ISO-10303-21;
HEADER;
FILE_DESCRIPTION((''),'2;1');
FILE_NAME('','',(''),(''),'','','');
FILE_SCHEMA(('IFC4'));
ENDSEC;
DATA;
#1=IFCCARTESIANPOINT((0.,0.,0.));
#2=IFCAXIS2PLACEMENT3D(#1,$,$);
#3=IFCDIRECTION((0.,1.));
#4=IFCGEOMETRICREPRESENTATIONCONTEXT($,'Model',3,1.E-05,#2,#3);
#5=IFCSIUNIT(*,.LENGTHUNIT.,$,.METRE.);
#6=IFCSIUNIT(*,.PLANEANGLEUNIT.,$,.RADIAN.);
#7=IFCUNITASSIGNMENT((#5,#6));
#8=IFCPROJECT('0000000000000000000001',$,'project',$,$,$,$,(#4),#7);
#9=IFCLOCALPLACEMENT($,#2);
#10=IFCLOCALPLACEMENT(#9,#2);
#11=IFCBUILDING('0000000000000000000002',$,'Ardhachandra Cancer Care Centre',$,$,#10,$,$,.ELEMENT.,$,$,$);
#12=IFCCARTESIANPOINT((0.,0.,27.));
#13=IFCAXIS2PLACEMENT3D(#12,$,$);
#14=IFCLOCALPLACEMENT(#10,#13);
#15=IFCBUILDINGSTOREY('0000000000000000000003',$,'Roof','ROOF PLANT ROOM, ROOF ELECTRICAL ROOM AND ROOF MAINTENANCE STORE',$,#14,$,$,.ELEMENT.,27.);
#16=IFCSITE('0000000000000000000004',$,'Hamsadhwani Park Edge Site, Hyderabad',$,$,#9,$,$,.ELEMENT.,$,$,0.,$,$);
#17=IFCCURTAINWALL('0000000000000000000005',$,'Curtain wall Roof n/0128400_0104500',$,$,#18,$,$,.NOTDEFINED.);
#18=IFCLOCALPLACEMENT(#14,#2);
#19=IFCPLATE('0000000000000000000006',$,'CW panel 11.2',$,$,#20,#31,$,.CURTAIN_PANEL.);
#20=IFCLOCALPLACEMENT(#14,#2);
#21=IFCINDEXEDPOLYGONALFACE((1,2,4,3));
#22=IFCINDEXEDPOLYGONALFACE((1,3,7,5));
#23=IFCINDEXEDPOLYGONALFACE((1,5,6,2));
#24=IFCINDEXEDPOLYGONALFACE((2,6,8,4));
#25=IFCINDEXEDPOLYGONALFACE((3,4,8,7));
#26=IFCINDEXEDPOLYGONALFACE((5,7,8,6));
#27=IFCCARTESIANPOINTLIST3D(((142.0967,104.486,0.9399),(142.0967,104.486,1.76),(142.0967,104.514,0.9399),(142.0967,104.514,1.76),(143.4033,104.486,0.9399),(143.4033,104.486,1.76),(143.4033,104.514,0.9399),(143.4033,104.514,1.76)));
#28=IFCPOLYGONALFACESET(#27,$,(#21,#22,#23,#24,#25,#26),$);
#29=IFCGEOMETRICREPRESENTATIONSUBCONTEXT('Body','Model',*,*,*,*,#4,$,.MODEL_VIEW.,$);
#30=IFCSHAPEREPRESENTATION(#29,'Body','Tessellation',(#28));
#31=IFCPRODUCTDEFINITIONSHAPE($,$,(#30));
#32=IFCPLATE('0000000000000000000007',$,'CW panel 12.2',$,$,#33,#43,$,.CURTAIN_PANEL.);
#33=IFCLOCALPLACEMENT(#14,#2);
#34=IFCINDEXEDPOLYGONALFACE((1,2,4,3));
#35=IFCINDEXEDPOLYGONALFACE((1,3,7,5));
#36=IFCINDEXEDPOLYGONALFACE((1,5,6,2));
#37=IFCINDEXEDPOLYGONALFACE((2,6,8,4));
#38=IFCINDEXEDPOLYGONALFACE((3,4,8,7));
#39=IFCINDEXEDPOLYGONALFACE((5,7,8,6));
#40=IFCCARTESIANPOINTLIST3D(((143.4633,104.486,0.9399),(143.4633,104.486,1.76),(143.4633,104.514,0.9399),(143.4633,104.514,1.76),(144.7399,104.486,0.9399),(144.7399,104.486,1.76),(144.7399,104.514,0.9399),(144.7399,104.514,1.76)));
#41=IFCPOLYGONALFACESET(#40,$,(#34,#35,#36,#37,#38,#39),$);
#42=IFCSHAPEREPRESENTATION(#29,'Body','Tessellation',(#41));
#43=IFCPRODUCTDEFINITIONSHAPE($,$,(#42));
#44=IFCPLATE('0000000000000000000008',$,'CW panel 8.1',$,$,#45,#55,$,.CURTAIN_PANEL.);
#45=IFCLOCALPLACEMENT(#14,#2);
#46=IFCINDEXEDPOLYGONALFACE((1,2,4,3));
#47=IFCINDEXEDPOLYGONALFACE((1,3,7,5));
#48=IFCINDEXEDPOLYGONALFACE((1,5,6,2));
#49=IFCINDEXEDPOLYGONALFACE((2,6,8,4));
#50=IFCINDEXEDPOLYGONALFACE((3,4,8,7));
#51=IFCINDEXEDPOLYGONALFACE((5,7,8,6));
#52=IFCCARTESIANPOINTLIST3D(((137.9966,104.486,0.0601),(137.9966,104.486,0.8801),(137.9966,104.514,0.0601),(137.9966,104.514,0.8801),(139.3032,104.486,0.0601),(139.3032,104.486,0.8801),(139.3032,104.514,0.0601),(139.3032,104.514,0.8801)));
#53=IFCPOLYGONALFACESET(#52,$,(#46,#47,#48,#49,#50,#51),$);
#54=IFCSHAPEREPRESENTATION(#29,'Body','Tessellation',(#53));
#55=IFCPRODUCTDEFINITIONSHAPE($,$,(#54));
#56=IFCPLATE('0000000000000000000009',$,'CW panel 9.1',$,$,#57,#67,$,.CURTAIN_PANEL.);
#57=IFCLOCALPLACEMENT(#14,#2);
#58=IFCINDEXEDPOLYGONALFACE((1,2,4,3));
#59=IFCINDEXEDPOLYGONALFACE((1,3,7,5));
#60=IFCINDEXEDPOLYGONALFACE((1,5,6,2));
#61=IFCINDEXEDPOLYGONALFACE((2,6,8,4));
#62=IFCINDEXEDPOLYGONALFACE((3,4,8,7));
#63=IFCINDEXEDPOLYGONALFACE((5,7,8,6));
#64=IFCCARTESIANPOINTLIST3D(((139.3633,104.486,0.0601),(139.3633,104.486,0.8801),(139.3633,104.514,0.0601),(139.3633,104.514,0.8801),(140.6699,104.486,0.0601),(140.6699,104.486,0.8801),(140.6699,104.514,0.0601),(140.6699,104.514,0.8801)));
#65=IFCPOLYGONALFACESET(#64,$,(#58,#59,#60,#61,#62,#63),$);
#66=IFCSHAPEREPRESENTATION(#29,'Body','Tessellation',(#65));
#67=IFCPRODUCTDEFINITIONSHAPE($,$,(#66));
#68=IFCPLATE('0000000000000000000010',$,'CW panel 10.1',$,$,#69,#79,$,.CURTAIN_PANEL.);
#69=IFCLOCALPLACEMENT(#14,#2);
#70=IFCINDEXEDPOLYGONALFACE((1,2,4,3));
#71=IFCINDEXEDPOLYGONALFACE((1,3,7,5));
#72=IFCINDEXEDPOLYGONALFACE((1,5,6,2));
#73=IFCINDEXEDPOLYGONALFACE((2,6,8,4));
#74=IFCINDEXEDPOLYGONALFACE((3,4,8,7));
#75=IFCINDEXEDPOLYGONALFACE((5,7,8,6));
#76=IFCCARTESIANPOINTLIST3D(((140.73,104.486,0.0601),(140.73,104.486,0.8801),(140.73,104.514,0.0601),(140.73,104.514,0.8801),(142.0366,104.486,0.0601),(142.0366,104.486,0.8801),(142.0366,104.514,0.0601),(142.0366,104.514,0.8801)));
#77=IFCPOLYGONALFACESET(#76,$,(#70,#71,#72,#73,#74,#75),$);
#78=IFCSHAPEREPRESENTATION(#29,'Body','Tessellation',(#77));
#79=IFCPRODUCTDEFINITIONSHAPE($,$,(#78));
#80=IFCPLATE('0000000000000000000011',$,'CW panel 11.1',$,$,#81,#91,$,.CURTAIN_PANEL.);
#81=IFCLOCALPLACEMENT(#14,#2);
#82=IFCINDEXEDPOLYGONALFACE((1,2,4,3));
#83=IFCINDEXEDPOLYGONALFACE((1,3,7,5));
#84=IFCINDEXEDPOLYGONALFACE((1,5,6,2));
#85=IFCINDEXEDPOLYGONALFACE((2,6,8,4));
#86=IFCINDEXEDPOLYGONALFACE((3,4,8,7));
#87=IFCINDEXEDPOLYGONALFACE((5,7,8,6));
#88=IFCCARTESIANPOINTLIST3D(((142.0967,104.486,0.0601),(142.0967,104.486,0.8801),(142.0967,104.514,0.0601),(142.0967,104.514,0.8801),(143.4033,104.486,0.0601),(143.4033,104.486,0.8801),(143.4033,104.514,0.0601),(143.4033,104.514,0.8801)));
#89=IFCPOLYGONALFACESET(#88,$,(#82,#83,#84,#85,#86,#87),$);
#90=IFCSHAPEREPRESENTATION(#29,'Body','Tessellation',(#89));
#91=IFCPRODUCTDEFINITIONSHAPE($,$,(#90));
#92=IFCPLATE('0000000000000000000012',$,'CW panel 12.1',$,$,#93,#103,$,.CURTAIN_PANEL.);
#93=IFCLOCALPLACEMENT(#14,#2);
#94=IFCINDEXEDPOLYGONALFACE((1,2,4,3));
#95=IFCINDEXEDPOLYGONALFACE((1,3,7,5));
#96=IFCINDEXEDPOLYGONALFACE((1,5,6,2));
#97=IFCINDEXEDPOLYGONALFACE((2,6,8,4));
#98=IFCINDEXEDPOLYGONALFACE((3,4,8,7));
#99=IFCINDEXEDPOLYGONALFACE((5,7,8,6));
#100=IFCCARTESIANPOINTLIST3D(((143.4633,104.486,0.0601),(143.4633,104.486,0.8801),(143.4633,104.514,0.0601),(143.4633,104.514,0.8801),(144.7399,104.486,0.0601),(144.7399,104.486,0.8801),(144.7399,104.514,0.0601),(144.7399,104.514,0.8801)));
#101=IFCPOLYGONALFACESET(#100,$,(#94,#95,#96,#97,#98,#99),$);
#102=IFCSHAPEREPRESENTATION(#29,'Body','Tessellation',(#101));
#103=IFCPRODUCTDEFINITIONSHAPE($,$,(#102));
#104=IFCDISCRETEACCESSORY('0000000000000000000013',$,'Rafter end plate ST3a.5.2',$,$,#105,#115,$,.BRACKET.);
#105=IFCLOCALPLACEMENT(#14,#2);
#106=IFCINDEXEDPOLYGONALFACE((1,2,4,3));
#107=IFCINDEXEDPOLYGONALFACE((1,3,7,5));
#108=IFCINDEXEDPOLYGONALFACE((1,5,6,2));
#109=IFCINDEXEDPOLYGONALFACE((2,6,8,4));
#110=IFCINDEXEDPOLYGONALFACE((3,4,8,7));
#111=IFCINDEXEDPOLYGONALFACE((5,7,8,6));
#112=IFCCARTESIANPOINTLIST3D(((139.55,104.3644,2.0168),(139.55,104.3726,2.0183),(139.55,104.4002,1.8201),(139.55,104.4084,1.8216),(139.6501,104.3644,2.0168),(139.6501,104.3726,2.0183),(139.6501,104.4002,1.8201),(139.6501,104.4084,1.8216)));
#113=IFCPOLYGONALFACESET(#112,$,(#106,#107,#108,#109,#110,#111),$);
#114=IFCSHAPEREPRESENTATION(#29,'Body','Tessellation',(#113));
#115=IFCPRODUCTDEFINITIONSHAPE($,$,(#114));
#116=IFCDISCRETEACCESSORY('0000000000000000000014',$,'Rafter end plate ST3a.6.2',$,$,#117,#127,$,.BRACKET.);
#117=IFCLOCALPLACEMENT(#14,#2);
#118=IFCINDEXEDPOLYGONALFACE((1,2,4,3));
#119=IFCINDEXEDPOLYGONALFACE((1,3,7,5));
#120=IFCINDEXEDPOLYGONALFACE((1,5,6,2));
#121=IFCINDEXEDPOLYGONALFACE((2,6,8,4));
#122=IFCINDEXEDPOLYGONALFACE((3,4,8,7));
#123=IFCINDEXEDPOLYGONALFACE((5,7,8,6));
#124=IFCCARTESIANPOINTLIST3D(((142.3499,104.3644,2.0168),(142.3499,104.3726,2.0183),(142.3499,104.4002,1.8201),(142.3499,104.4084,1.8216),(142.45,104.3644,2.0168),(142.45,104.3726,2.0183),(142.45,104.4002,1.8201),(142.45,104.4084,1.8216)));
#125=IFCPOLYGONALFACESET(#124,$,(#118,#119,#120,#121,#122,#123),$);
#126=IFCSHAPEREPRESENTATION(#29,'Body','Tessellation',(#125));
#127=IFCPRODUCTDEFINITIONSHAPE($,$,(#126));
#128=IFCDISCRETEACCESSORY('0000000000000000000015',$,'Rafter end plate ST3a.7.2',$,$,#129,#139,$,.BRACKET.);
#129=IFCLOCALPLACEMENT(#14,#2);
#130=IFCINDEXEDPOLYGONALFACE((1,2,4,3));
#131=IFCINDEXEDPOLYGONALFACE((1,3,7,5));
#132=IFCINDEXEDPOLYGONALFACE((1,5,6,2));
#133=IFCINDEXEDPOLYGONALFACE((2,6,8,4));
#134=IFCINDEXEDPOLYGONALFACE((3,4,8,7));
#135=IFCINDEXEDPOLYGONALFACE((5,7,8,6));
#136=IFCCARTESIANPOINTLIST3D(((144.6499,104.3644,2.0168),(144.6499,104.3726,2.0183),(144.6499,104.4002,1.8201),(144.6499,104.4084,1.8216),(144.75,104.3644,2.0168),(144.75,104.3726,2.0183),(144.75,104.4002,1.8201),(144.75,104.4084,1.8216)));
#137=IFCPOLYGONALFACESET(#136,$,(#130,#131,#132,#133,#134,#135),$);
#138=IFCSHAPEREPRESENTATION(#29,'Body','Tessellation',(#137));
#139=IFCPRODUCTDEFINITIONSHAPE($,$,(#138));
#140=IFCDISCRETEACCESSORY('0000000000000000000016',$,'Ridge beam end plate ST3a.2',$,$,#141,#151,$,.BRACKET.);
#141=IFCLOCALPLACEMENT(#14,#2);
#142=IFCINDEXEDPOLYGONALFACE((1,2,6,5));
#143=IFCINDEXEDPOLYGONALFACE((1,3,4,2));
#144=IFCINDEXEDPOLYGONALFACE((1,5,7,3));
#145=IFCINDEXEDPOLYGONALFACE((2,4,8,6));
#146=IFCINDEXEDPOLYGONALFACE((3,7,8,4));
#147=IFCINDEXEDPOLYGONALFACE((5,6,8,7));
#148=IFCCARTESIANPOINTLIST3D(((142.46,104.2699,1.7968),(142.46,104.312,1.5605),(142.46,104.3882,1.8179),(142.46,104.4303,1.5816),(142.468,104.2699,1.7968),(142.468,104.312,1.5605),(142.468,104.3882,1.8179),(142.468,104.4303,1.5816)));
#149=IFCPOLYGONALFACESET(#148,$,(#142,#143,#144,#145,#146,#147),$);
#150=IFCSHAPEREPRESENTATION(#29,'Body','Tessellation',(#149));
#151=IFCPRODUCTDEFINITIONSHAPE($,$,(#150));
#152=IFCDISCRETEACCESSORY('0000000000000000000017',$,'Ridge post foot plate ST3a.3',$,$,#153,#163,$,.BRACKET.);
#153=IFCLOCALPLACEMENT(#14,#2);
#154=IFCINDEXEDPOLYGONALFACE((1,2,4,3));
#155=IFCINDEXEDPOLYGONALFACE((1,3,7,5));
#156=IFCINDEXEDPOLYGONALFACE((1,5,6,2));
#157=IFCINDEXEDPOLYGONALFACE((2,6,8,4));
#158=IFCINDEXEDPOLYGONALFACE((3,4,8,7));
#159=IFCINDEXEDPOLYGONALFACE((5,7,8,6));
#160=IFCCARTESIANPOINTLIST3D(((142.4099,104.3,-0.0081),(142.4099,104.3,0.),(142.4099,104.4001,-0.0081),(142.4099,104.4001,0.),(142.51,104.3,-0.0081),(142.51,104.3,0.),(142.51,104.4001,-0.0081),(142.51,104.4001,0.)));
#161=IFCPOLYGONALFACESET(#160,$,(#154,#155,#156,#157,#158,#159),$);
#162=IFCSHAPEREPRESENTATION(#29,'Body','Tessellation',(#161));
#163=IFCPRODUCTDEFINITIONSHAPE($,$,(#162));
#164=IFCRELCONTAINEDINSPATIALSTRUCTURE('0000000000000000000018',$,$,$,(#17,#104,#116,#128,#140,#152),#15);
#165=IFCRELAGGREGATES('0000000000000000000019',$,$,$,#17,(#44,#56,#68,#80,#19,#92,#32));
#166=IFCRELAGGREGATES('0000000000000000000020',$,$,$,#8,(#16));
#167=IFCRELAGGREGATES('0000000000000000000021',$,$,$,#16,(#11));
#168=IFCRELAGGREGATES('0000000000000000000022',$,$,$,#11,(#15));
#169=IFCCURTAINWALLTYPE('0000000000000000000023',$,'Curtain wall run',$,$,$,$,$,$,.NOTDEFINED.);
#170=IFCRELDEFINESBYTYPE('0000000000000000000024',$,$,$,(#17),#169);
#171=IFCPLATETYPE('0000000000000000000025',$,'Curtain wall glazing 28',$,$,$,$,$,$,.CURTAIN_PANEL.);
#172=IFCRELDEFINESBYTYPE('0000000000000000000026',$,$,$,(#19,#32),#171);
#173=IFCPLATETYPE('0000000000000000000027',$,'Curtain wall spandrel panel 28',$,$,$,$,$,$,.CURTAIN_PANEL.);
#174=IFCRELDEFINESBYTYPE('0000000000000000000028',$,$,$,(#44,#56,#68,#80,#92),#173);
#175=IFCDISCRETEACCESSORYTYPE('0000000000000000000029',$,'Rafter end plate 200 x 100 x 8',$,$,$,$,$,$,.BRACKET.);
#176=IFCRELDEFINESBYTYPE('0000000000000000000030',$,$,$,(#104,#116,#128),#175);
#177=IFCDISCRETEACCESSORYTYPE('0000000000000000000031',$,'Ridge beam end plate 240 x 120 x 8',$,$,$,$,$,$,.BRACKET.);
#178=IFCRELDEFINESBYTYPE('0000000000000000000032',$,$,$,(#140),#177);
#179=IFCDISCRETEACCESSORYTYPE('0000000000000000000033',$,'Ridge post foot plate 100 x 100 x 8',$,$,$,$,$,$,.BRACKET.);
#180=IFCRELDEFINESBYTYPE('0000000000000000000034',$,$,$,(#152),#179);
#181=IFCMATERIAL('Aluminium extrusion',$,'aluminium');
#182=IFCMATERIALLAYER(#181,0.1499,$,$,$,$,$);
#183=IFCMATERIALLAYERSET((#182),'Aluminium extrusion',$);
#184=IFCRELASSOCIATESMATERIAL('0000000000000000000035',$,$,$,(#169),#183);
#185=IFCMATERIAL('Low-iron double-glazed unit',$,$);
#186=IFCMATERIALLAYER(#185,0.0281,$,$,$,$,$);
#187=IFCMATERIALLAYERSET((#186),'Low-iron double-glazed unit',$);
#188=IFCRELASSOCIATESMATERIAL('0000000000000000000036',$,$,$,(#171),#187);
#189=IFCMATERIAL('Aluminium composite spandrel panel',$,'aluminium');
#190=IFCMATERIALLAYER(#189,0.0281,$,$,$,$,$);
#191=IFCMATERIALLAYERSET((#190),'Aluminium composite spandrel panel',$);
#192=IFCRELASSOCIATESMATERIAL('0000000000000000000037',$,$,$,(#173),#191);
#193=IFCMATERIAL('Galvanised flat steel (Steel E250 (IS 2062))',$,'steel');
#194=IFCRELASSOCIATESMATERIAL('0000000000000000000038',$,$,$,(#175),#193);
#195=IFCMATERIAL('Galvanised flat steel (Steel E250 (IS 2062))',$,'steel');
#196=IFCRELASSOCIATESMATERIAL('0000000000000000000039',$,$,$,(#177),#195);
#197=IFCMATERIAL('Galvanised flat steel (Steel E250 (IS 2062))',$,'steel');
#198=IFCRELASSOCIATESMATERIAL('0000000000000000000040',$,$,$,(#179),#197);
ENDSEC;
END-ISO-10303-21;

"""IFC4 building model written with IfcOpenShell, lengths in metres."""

from ifc_helpers import new_model, si_unit, direction, frame, origin, origin_2d, place, context, subcontext, project, spatial, rectangle, extrude, material, layer, layer_set, material_profile, profile_set, type_object, element, aggregate, save


model = new_model("IFC4")

# Units and contexts
model_context = context("Model", 3, precision=1e-05, world=origin(), true_north=direction((0.0, 1.0)))
body_context = subcontext(model_context, "Body", "Model", "MODEL_VIEW")
ifc_project = project(units=[si_unit("LENGTHUNIT", "METRE"), si_unit("PLANEANGLEUNIT", "RADIAN")], contexts=[model_context])

# Site, building, storey
site_placement = place(None, origin())
site = spatial("IfcSite", under=ifc_project, at=site_placement, Name="Hamsadhwani Park Edge Site, Hyderabad", CompositionType="ELEMENT", RefElevation=0.0)
building_placement = place(site_placement, origin())
building = spatial("IfcBuilding", under=site, at=building_placement, Name="Ardhachandra Cancer Care Centre", CompositionType="ELEMENT")
storey_placement = place(building_placement, frame((0.0, 0.0, 27.0)))
storey = spatial("IfcBuildingStorey", under=building, at=storey_placement, Name="Roof", Description="ROOF PLANT ROOM, ROOF ELECTRICAL ROOM AND ROOF MAINTENANCE STORE", CompositionType="ELEMENT", Elevation=27.0)

# Curtain wall
ifc_material_1 = material(Name="Aluminium extrusion", Category="aluminium")
ifc_layer_1 = layer(ifc_material_1, 0.1499)
ifc_layer_set_1 = layer_set([ifc_layer_1], Name="Aluminium extrusion")
curtain_wall_type = type_object("IfcCurtainWallType", Name="Curtain wall run", PredefinedType="NOTDEFINED", material=ifc_layer_set_1)
curtain_wall_placement = place(storey_placement, origin())
curtain_wall = element("IfcCurtainWall", 1, at=curtain_wall_placement, inside=storey, type_object=curtain_wall_type, Name="Curtain wall Roof n/0128400_0104500", PredefinedType="NOTDEFINED")

# Plates
ifc_material_2 = material(Name="Low-iron double-glazed unit")
ifc_layer_2 = layer(ifc_material_2, 0.0281)
ifc_layer_set_2 = layer_set([ifc_layer_2], Name="Low-iron double-glazed unit")
plate_type_1 = type_object("IfcPlateType", Name="Curtain wall glazing 28", PredefinedType="CURTAIN_PANEL", material=ifc_layer_set_2)
plate_1_placement = place(storey_placement, frame((142.75, 104.5, 0.9399), z_axis=(0.0, 0.0, 1.0), x_axis=(1.0, 0.0, 0.0)))
plate_1 = element("IfcPlate", 2, at=plate_1_placement, type_object=plate_type_1, Name="CW panel 11.2", PredefinedType="CURTAIN_PANEL", context=body_context, shape_type="SweptSolid", body=[
    extrude(rectangle(XDim=1.3066, YDim=0.0281, at=origin_2d()), origin(), (0.0, 0.0, 1.0), 0.8201),
])
plate_2_placement = place(storey_placement, frame((144.1016, 104.5, 0.9399), z_axis=(0.0, 0.0, 1.0), x_axis=(1.0, 0.0, 0.0)))
plate_2 = element("IfcPlate", 3, at=plate_2_placement, type_object=plate_type_1, Name="CW panel 12.2", PredefinedType="CURTAIN_PANEL", context=body_context, shape_type="SweptSolid", body=[
    extrude(rectangle(XDim=1.2766, YDim=0.0281, at=origin_2d()), origin(), (0.0, 0.0, 1.0), 0.8201),
])
ifc_material_3 = material(Name="Aluminium composite spandrel panel", Category="aluminium")
ifc_layer_3 = layer(ifc_material_3, 0.0281)
ifc_layer_set_3 = layer_set([ifc_layer_3], Name="Aluminium composite spandrel panel")
plate_type_2 = type_object("IfcPlateType", Name="Curtain wall spandrel panel 28", PredefinedType="CURTAIN_PANEL", material=ifc_layer_set_3)
plate_3_placement = place(storey_placement, frame((138.6499, 104.5, 0.0601), z_axis=(0.0, 0.0, 1.0), x_axis=(1.0, 0.0, 0.0)))
plate_3 = element("IfcPlate", 4, at=plate_3_placement, type_object=plate_type_2, Name="CW panel 8.1", PredefinedType="CURTAIN_PANEL", context=body_context, shape_type="SweptSolid", body=[
    extrude(rectangle(XDim=1.3066, YDim=0.0281, at=origin_2d()), origin(), (0.0, 0.0, 1.0), 0.8201),
])
plate_4_placement = place(storey_placement, frame((140.0166, 104.5, 0.0601), z_axis=(0.0, 0.0, 1.0), x_axis=(1.0, 0.0, 0.0)))
plate_4 = element("IfcPlate", 5, at=plate_4_placement, type_object=plate_type_2, Name="CW panel 9.1", PredefinedType="CURTAIN_PANEL", context=body_context, shape_type="SweptSolid", body=[
    extrude(rectangle(XDim=1.3066, YDim=0.0281, at=origin_2d()), origin(), (0.0, 0.0, 1.0), 0.8201),
])
plate_5_placement = place(storey_placement, frame((141.3833, 104.5, 0.0601), z_axis=(0.0, 0.0, 1.0), x_axis=(1.0, 0.0, 0.0)))
plate_5 = element("IfcPlate", 6, at=plate_5_placement, type_object=plate_type_2, Name="CW panel 10.1", PredefinedType="CURTAIN_PANEL", context=body_context, shape_type="SweptSolid", body=[
    extrude(rectangle(XDim=1.3066, YDim=0.0281, at=origin_2d()), origin(), (0.0, 0.0, 1.0), 0.8201),
])
plate_6_placement = place(storey_placement, frame((142.75, 104.5, 0.0601), z_axis=(0.0, 0.0, 1.0), x_axis=(1.0, 0.0, 0.0)))
plate_6 = element("IfcPlate", 7, at=plate_6_placement, type_object=plate_type_2, Name="CW panel 11.1", PredefinedType="CURTAIN_PANEL", context=body_context, shape_type="SweptSolid", body=[
    extrude(rectangle(XDim=1.3066, YDim=0.0281, at=origin_2d()), origin(), (0.0, 0.0, 1.0), 0.8201),
])
plate_7_placement = place(storey_placement, frame((144.1016, 104.5, 0.0601), z_axis=(0.0, 0.0, 1.0), x_axis=(1.0, 0.0, 0.0)))
plate_7 = element("IfcPlate", 8, at=plate_7_placement, type_object=plate_type_2, Name="CW panel 12.1", PredefinedType="CURTAIN_PANEL", context=body_context, shape_type="SweptSolid", body=[
    extrude(rectangle(XDim=1.2766, YDim=0.0281, at=origin_2d()), origin(), (0.0, 0.0, 1.0), 0.8201),
])
aggregate(curtain_wall, [plate_3, plate_4, plate_5, plate_6, plate_1, plate_7, plate_2])

# Discrete accessories
ifc_material_4 = material(Name="Galvanised flat steel (Steel E250 (IS 2062))", Category="steel")
ifc_material_profile_1 = material_profile(ifc_material_4, rectangle(XDim=0.1001, YDim=0.2, at=origin_2d()), Name="Rafter end plate 200 x 100 x 8")
ifc_profile_set_1 = profile_set([ifc_material_profile_1], Name="Galvanised flat steel (Steel E250 (IS 2062))")
discrete_accessory_type_1 = type_object("IfcDiscreteAccessoryType", Name="Rafter end plate 200 x 100 x 8", PredefinedType="BRACKET", material=ifc_profile_set_1)
for number, where, z_axis, x_axis, name in (
    (9, (139.6001, 104.3823, 1.9185), (0.0, 0.98387, 0.178885), (-1.0, 0.0, 0.0), "Rafter end plate ST3a.5.2"),
    (10, (142.3999, 104.3823, 1.9185), (0.0, 0.98387, 0.178885), (-1.0, 0.0, 0.0), "Rafter end plate ST3a.6.2"),
    (11, (144.7, 104.3823, 1.9185), (0.0, 0.98387, 0.178885), (-1.0, 0.0, 0.0), "Rafter end plate ST3a.7.2"),
):
    element("IfcDiscreteAccessory", number, at=place(storey_placement, frame(where, z_axis=z_axis, x_axis=x_axis)), inside=storey, type_object=discrete_accessory_type_1, Name=name, PredefinedType="BRACKET", context=body_context, shape_type="SweptSolid", body=[
        extrude(rectangle(XDim=0.1001, YDim=0.2, at=origin_2d()), origin(), (0.0, 0.0, 1.0), 0.0083),
    ])
ifc_material_5 = material(Name="Galvanised flat steel (Steel E250 (IS 2062))", Category="steel")
ifc_material_profile_2 = material_profile(ifc_material_5, rectangle(XDim=0.1201, YDim=0.24, at=origin_2d()), Name="Ridge beam end plate 240 x 120 x 8")
ifc_profile_set_2 = profile_set([ifc_material_profile_2], Name="Galvanised flat steel (Steel E250 (IS 2062))")
discrete_accessory_type_2 = type_object("IfcDiscreteAccessoryType", Name="Ridge beam end plate 240 x 120 x 8", PredefinedType="BRACKET", material=ifc_profile_set_2)
discrete_accessory_1_placement = place(storey_placement, frame((142.46, 104.3501, 1.6892), z_axis=(1.0, 0.0, 0.0), x_axis=(0.0, 0.98446, 0.175606)))
element("IfcDiscreteAccessory", 12, at=discrete_accessory_1_placement, inside=storey, type_object=discrete_accessory_type_2, Name="Ridge beam end plate ST3a.2", PredefinedType="BRACKET", context=body_context, shape_type="SweptSolid", body=[
    extrude(rectangle(XDim=0.1201, YDim=0.24, at=origin_2d()), origin(), (0.0, 0.0, 1.0), 0.0081),
])
ifc_material_6 = material(Name="Galvanised flat steel (Steel E250 (IS 2062))", Category="steel")
ifc_material_profile_3 = material_profile(ifc_material_6, rectangle(XDim=0.1001, YDim=0.1001, at=origin_2d()), Name="Ridge post foot plate 100 x 100 x 8")
ifc_profile_set_3 = profile_set([ifc_material_profile_3], Name="Galvanised flat steel (Steel E250 (IS 2062))")
discrete_accessory_type_3 = type_object("IfcDiscreteAccessoryType", Name="Ridge post foot plate 100 x 100 x 8", PredefinedType="BRACKET", material=ifc_profile_set_3)
discrete_accessory_2_placement = place(storey_placement, frame((142.46, 104.3501, 0.0), z_axis=(0.0, 0.0, -1.0), x_axis=(1.0, 0.0, 0.0)))
element("IfcDiscreteAccessory", 13, at=discrete_accessory_2_placement, inside=storey, type_object=discrete_accessory_type_3, Name="Ridge post foot plate ST3a.3", PredefinedType="BRACKET", context=body_context, shape_type="SweptSolid", body=[
    extrude(rectangle(XDim=0.1001, YDim=0.1001, at=origin_2d()), origin(), (0.0, 0.0, 1.0), 0.0081),
])

save(model, "model.ifc")
